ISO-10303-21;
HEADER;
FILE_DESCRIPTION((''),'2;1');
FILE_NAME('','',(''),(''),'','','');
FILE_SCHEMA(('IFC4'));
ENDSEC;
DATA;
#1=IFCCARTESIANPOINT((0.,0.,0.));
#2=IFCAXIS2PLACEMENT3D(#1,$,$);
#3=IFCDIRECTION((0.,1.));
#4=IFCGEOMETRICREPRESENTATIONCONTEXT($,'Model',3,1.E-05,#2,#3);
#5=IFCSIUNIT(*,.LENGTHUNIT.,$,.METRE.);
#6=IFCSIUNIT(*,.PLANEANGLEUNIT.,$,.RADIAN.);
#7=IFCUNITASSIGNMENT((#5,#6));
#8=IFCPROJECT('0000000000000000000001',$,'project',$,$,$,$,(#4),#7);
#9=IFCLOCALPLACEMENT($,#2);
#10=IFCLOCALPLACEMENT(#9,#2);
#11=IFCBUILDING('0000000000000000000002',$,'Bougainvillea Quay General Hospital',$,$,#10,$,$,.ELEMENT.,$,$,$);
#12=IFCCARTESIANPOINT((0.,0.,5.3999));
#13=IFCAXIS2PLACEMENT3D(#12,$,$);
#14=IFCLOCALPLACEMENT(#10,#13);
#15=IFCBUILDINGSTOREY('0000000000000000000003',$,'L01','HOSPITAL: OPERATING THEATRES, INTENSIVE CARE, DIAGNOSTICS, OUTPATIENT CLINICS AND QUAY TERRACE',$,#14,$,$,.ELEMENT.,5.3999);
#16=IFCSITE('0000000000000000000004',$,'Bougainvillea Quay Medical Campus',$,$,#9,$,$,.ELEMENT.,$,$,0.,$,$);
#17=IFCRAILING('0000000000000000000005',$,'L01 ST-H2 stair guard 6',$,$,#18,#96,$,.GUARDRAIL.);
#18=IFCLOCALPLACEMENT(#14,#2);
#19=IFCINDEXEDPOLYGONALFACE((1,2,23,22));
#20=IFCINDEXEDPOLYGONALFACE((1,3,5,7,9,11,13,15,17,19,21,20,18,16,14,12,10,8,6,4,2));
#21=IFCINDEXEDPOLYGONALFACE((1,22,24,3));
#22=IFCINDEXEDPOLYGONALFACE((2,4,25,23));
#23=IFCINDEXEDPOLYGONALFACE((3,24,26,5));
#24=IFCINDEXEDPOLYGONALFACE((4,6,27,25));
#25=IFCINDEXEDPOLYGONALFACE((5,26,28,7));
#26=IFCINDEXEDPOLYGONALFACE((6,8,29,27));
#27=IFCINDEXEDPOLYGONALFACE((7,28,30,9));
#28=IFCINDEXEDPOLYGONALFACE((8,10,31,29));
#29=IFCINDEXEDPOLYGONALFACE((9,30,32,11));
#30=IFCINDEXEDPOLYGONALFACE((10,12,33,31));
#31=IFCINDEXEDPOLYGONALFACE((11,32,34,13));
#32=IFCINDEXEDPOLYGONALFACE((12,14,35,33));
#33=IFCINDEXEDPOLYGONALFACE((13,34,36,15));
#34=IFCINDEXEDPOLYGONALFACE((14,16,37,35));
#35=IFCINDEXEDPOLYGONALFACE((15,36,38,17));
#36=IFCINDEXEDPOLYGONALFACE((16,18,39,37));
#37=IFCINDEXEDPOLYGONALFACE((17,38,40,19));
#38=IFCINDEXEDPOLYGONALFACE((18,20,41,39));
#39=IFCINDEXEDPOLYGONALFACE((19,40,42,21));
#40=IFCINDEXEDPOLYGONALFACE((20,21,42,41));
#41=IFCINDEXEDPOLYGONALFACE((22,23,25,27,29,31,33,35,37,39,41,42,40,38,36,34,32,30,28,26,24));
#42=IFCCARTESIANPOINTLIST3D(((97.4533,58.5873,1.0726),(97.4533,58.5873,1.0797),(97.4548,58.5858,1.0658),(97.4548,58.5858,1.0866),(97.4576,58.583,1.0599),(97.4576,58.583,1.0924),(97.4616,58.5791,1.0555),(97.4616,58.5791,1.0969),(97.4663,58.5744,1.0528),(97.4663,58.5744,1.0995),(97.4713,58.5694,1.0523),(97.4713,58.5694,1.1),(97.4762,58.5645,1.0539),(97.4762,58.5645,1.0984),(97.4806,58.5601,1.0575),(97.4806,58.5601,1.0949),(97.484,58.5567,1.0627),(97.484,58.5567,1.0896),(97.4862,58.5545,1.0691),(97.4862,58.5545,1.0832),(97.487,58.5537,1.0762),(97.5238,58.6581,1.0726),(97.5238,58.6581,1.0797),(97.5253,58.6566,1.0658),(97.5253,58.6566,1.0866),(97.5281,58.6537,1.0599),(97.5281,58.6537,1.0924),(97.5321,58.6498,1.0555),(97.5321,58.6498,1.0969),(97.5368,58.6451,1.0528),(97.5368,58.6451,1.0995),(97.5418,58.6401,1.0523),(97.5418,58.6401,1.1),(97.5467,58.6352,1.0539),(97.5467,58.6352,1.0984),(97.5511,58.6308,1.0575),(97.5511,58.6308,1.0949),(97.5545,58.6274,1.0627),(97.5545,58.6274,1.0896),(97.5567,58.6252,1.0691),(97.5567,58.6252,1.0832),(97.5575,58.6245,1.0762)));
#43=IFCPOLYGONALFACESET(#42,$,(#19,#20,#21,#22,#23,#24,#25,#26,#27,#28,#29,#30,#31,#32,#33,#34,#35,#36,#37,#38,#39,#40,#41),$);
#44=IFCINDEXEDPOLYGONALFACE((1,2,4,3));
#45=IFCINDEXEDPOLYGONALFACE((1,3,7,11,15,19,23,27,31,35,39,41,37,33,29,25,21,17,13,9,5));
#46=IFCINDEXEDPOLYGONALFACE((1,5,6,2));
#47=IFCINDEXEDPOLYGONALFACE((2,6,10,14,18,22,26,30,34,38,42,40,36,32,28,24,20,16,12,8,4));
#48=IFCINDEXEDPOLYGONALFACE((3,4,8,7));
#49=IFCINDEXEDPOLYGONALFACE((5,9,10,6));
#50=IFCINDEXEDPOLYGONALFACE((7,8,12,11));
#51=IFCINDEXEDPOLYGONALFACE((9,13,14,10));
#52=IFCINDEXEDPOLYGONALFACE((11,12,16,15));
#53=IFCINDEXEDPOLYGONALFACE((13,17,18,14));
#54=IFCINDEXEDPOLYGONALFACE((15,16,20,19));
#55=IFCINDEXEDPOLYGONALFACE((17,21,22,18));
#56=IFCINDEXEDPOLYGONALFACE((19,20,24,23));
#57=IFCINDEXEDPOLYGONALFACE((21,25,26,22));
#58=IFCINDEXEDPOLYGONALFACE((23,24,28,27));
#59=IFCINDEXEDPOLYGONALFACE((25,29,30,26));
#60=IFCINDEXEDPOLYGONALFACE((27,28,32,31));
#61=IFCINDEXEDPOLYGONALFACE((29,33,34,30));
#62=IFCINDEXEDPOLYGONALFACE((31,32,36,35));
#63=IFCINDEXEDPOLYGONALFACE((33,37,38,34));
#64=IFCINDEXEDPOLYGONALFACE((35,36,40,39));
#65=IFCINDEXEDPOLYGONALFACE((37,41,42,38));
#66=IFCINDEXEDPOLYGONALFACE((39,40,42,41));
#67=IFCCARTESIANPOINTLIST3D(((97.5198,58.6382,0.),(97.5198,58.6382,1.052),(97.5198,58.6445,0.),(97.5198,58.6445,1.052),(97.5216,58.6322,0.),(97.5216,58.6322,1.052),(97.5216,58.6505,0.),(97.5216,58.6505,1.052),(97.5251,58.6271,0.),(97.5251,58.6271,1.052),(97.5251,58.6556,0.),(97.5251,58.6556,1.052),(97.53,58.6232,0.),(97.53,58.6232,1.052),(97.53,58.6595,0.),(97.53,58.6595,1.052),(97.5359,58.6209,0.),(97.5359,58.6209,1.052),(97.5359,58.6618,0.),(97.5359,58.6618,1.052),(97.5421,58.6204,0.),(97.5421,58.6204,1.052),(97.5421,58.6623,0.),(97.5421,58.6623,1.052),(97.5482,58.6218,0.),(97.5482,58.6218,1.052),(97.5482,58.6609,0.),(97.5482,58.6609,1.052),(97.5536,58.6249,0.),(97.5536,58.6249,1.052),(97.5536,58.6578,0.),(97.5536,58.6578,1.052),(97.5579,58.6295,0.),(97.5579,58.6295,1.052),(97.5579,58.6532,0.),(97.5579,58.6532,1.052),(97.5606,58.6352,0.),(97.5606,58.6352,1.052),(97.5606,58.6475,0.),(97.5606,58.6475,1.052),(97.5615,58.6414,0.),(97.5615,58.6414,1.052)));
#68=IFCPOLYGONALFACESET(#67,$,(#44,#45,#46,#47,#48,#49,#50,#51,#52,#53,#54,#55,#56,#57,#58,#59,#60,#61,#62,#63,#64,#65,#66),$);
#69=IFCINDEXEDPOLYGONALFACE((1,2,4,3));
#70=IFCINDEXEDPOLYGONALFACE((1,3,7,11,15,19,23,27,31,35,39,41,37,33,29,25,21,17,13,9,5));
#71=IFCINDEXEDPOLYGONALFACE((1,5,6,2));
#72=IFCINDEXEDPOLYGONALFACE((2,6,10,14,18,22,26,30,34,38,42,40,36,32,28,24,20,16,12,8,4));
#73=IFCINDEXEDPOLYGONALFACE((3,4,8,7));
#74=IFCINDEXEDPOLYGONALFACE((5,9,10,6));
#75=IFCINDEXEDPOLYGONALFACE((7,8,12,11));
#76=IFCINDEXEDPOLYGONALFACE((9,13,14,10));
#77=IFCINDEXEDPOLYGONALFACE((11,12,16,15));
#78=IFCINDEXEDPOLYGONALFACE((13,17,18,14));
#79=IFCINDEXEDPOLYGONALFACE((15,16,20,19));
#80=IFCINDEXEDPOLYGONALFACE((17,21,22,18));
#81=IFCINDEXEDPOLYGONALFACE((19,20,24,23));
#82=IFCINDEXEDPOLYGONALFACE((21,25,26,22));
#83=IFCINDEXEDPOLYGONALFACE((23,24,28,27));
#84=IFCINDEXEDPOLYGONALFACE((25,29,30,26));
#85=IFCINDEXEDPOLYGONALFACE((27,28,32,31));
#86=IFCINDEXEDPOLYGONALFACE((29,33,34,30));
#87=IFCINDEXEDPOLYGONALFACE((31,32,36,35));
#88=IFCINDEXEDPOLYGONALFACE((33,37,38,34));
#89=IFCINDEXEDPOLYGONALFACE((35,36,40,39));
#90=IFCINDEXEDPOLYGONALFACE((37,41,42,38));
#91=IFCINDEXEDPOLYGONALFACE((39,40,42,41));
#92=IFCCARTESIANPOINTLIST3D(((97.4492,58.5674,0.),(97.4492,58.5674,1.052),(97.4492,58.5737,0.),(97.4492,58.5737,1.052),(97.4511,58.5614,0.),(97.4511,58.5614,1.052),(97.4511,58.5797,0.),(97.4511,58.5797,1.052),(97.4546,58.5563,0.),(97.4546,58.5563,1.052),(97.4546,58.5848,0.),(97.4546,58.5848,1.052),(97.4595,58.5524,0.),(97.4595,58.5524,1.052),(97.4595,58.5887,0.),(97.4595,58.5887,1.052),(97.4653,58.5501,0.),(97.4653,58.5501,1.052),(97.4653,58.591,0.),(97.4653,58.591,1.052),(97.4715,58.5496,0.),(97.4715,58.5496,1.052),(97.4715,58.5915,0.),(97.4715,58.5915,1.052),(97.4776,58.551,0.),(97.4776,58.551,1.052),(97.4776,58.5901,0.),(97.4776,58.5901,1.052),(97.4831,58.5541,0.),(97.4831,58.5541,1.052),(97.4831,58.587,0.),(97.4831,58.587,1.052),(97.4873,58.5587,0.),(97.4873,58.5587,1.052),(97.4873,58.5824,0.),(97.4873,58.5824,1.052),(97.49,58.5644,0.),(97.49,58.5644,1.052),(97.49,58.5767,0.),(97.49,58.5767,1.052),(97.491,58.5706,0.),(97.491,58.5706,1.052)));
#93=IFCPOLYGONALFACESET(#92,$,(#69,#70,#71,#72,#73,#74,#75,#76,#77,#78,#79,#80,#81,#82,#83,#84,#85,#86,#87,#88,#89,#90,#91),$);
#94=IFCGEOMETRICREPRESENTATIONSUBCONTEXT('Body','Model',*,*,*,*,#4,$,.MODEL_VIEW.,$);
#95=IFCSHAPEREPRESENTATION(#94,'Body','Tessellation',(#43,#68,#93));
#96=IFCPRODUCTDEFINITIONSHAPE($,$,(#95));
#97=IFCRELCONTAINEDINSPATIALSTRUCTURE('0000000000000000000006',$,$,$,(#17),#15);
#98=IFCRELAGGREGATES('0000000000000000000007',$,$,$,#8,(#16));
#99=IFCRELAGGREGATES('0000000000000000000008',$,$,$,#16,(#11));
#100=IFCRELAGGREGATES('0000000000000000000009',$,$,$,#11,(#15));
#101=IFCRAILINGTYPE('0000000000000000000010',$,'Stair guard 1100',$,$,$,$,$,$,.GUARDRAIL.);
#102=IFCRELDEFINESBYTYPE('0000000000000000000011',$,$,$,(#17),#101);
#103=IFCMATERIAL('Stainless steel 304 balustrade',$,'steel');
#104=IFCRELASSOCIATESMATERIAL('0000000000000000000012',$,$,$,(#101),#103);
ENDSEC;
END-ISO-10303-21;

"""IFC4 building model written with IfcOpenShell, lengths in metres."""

from ifc_helpers import new_model, si_unit, direction, frame, origin, origin_2d, place, context, subcontext, project, spatial, circle, extrude, material, type_object, element, save


model = new_model("IFC4")

# Units and contexts
model_context = context("Model", 3, precision=1e-05, world=origin(), true_north=direction((0.0, 1.0)))
body_context = subcontext(model_context, "Body", "Model", "MODEL_VIEW")
ifc_project = project(units=[si_unit("LENGTHUNIT", "METRE"), si_unit("PLANEANGLEUNIT", "RADIAN")], contexts=[model_context])

# Site, building, storey
site_placement = place(None, origin())
site = spatial("IfcSite", under=ifc_project, at=site_placement, Name="Bougainvillea Quay Medical Campus", CompositionType="ELEMENT", RefElevation=0.0)
building_placement = place(site_placement, origin())
building = spatial("IfcBuilding", under=site, at=building_placement, Name="Bougainvillea Quay General Hospital", CompositionType="ELEMENT")
storey_placement = place(building_placement, frame((0.0, 0.0, 5.3999)))
storey = spatial("IfcBuildingStorey", under=building, at=storey_placement, Name="L01", Description="HOSPITAL: OPERATING THEATRES, INTENSIVE CARE, DIAGNOSTICS, OUTPATIENT CLINICS AND QUAY TERRACE", CompositionType="ELEMENT", Elevation=5.3999)

# Railing
ifc_material_1 = material(Name="Stainless steel 304 balustrade", Category="steel")
railing_type_1 = type_object("IfcRailingType", Name="Stair guard 1100", PredefinedType="GUARDRAIL", material=ifc_material_1)
railing_1_placement = place(storey_placement, frame((97.5405, 58.6414, 0.0)))
element("IfcRailing", 1, at=railing_1_placement, inside=storey, type_object=railing_type_1, Name="L01 ST-H2 stair guard 6", PredefinedType="GUARDRAIL", context=body_context, shape_type="SweptSolid", body=[
    extrude(circle(Radius=0.0239, at=origin_2d()), frame((0.0, 0.0, 1.0762), z_axis=(-0.705884, -0.708327, 0.0), x_axis=(0.708327, -0.705884, 0.0)), (0.0, 0.0, 1.0), 0.0999),
    extrude(circle(Radius=0.021, at=origin_2d()), origin(), (0.0, 0.0, 1.0), 1.052),
    extrude(circle(Radius=0.021, at=origin_2d()), frame((-0.0706, -0.0708, 0.0)), (0.0, 0.0, 1.0), 1.052),
])

save(model, "model.ifc")
